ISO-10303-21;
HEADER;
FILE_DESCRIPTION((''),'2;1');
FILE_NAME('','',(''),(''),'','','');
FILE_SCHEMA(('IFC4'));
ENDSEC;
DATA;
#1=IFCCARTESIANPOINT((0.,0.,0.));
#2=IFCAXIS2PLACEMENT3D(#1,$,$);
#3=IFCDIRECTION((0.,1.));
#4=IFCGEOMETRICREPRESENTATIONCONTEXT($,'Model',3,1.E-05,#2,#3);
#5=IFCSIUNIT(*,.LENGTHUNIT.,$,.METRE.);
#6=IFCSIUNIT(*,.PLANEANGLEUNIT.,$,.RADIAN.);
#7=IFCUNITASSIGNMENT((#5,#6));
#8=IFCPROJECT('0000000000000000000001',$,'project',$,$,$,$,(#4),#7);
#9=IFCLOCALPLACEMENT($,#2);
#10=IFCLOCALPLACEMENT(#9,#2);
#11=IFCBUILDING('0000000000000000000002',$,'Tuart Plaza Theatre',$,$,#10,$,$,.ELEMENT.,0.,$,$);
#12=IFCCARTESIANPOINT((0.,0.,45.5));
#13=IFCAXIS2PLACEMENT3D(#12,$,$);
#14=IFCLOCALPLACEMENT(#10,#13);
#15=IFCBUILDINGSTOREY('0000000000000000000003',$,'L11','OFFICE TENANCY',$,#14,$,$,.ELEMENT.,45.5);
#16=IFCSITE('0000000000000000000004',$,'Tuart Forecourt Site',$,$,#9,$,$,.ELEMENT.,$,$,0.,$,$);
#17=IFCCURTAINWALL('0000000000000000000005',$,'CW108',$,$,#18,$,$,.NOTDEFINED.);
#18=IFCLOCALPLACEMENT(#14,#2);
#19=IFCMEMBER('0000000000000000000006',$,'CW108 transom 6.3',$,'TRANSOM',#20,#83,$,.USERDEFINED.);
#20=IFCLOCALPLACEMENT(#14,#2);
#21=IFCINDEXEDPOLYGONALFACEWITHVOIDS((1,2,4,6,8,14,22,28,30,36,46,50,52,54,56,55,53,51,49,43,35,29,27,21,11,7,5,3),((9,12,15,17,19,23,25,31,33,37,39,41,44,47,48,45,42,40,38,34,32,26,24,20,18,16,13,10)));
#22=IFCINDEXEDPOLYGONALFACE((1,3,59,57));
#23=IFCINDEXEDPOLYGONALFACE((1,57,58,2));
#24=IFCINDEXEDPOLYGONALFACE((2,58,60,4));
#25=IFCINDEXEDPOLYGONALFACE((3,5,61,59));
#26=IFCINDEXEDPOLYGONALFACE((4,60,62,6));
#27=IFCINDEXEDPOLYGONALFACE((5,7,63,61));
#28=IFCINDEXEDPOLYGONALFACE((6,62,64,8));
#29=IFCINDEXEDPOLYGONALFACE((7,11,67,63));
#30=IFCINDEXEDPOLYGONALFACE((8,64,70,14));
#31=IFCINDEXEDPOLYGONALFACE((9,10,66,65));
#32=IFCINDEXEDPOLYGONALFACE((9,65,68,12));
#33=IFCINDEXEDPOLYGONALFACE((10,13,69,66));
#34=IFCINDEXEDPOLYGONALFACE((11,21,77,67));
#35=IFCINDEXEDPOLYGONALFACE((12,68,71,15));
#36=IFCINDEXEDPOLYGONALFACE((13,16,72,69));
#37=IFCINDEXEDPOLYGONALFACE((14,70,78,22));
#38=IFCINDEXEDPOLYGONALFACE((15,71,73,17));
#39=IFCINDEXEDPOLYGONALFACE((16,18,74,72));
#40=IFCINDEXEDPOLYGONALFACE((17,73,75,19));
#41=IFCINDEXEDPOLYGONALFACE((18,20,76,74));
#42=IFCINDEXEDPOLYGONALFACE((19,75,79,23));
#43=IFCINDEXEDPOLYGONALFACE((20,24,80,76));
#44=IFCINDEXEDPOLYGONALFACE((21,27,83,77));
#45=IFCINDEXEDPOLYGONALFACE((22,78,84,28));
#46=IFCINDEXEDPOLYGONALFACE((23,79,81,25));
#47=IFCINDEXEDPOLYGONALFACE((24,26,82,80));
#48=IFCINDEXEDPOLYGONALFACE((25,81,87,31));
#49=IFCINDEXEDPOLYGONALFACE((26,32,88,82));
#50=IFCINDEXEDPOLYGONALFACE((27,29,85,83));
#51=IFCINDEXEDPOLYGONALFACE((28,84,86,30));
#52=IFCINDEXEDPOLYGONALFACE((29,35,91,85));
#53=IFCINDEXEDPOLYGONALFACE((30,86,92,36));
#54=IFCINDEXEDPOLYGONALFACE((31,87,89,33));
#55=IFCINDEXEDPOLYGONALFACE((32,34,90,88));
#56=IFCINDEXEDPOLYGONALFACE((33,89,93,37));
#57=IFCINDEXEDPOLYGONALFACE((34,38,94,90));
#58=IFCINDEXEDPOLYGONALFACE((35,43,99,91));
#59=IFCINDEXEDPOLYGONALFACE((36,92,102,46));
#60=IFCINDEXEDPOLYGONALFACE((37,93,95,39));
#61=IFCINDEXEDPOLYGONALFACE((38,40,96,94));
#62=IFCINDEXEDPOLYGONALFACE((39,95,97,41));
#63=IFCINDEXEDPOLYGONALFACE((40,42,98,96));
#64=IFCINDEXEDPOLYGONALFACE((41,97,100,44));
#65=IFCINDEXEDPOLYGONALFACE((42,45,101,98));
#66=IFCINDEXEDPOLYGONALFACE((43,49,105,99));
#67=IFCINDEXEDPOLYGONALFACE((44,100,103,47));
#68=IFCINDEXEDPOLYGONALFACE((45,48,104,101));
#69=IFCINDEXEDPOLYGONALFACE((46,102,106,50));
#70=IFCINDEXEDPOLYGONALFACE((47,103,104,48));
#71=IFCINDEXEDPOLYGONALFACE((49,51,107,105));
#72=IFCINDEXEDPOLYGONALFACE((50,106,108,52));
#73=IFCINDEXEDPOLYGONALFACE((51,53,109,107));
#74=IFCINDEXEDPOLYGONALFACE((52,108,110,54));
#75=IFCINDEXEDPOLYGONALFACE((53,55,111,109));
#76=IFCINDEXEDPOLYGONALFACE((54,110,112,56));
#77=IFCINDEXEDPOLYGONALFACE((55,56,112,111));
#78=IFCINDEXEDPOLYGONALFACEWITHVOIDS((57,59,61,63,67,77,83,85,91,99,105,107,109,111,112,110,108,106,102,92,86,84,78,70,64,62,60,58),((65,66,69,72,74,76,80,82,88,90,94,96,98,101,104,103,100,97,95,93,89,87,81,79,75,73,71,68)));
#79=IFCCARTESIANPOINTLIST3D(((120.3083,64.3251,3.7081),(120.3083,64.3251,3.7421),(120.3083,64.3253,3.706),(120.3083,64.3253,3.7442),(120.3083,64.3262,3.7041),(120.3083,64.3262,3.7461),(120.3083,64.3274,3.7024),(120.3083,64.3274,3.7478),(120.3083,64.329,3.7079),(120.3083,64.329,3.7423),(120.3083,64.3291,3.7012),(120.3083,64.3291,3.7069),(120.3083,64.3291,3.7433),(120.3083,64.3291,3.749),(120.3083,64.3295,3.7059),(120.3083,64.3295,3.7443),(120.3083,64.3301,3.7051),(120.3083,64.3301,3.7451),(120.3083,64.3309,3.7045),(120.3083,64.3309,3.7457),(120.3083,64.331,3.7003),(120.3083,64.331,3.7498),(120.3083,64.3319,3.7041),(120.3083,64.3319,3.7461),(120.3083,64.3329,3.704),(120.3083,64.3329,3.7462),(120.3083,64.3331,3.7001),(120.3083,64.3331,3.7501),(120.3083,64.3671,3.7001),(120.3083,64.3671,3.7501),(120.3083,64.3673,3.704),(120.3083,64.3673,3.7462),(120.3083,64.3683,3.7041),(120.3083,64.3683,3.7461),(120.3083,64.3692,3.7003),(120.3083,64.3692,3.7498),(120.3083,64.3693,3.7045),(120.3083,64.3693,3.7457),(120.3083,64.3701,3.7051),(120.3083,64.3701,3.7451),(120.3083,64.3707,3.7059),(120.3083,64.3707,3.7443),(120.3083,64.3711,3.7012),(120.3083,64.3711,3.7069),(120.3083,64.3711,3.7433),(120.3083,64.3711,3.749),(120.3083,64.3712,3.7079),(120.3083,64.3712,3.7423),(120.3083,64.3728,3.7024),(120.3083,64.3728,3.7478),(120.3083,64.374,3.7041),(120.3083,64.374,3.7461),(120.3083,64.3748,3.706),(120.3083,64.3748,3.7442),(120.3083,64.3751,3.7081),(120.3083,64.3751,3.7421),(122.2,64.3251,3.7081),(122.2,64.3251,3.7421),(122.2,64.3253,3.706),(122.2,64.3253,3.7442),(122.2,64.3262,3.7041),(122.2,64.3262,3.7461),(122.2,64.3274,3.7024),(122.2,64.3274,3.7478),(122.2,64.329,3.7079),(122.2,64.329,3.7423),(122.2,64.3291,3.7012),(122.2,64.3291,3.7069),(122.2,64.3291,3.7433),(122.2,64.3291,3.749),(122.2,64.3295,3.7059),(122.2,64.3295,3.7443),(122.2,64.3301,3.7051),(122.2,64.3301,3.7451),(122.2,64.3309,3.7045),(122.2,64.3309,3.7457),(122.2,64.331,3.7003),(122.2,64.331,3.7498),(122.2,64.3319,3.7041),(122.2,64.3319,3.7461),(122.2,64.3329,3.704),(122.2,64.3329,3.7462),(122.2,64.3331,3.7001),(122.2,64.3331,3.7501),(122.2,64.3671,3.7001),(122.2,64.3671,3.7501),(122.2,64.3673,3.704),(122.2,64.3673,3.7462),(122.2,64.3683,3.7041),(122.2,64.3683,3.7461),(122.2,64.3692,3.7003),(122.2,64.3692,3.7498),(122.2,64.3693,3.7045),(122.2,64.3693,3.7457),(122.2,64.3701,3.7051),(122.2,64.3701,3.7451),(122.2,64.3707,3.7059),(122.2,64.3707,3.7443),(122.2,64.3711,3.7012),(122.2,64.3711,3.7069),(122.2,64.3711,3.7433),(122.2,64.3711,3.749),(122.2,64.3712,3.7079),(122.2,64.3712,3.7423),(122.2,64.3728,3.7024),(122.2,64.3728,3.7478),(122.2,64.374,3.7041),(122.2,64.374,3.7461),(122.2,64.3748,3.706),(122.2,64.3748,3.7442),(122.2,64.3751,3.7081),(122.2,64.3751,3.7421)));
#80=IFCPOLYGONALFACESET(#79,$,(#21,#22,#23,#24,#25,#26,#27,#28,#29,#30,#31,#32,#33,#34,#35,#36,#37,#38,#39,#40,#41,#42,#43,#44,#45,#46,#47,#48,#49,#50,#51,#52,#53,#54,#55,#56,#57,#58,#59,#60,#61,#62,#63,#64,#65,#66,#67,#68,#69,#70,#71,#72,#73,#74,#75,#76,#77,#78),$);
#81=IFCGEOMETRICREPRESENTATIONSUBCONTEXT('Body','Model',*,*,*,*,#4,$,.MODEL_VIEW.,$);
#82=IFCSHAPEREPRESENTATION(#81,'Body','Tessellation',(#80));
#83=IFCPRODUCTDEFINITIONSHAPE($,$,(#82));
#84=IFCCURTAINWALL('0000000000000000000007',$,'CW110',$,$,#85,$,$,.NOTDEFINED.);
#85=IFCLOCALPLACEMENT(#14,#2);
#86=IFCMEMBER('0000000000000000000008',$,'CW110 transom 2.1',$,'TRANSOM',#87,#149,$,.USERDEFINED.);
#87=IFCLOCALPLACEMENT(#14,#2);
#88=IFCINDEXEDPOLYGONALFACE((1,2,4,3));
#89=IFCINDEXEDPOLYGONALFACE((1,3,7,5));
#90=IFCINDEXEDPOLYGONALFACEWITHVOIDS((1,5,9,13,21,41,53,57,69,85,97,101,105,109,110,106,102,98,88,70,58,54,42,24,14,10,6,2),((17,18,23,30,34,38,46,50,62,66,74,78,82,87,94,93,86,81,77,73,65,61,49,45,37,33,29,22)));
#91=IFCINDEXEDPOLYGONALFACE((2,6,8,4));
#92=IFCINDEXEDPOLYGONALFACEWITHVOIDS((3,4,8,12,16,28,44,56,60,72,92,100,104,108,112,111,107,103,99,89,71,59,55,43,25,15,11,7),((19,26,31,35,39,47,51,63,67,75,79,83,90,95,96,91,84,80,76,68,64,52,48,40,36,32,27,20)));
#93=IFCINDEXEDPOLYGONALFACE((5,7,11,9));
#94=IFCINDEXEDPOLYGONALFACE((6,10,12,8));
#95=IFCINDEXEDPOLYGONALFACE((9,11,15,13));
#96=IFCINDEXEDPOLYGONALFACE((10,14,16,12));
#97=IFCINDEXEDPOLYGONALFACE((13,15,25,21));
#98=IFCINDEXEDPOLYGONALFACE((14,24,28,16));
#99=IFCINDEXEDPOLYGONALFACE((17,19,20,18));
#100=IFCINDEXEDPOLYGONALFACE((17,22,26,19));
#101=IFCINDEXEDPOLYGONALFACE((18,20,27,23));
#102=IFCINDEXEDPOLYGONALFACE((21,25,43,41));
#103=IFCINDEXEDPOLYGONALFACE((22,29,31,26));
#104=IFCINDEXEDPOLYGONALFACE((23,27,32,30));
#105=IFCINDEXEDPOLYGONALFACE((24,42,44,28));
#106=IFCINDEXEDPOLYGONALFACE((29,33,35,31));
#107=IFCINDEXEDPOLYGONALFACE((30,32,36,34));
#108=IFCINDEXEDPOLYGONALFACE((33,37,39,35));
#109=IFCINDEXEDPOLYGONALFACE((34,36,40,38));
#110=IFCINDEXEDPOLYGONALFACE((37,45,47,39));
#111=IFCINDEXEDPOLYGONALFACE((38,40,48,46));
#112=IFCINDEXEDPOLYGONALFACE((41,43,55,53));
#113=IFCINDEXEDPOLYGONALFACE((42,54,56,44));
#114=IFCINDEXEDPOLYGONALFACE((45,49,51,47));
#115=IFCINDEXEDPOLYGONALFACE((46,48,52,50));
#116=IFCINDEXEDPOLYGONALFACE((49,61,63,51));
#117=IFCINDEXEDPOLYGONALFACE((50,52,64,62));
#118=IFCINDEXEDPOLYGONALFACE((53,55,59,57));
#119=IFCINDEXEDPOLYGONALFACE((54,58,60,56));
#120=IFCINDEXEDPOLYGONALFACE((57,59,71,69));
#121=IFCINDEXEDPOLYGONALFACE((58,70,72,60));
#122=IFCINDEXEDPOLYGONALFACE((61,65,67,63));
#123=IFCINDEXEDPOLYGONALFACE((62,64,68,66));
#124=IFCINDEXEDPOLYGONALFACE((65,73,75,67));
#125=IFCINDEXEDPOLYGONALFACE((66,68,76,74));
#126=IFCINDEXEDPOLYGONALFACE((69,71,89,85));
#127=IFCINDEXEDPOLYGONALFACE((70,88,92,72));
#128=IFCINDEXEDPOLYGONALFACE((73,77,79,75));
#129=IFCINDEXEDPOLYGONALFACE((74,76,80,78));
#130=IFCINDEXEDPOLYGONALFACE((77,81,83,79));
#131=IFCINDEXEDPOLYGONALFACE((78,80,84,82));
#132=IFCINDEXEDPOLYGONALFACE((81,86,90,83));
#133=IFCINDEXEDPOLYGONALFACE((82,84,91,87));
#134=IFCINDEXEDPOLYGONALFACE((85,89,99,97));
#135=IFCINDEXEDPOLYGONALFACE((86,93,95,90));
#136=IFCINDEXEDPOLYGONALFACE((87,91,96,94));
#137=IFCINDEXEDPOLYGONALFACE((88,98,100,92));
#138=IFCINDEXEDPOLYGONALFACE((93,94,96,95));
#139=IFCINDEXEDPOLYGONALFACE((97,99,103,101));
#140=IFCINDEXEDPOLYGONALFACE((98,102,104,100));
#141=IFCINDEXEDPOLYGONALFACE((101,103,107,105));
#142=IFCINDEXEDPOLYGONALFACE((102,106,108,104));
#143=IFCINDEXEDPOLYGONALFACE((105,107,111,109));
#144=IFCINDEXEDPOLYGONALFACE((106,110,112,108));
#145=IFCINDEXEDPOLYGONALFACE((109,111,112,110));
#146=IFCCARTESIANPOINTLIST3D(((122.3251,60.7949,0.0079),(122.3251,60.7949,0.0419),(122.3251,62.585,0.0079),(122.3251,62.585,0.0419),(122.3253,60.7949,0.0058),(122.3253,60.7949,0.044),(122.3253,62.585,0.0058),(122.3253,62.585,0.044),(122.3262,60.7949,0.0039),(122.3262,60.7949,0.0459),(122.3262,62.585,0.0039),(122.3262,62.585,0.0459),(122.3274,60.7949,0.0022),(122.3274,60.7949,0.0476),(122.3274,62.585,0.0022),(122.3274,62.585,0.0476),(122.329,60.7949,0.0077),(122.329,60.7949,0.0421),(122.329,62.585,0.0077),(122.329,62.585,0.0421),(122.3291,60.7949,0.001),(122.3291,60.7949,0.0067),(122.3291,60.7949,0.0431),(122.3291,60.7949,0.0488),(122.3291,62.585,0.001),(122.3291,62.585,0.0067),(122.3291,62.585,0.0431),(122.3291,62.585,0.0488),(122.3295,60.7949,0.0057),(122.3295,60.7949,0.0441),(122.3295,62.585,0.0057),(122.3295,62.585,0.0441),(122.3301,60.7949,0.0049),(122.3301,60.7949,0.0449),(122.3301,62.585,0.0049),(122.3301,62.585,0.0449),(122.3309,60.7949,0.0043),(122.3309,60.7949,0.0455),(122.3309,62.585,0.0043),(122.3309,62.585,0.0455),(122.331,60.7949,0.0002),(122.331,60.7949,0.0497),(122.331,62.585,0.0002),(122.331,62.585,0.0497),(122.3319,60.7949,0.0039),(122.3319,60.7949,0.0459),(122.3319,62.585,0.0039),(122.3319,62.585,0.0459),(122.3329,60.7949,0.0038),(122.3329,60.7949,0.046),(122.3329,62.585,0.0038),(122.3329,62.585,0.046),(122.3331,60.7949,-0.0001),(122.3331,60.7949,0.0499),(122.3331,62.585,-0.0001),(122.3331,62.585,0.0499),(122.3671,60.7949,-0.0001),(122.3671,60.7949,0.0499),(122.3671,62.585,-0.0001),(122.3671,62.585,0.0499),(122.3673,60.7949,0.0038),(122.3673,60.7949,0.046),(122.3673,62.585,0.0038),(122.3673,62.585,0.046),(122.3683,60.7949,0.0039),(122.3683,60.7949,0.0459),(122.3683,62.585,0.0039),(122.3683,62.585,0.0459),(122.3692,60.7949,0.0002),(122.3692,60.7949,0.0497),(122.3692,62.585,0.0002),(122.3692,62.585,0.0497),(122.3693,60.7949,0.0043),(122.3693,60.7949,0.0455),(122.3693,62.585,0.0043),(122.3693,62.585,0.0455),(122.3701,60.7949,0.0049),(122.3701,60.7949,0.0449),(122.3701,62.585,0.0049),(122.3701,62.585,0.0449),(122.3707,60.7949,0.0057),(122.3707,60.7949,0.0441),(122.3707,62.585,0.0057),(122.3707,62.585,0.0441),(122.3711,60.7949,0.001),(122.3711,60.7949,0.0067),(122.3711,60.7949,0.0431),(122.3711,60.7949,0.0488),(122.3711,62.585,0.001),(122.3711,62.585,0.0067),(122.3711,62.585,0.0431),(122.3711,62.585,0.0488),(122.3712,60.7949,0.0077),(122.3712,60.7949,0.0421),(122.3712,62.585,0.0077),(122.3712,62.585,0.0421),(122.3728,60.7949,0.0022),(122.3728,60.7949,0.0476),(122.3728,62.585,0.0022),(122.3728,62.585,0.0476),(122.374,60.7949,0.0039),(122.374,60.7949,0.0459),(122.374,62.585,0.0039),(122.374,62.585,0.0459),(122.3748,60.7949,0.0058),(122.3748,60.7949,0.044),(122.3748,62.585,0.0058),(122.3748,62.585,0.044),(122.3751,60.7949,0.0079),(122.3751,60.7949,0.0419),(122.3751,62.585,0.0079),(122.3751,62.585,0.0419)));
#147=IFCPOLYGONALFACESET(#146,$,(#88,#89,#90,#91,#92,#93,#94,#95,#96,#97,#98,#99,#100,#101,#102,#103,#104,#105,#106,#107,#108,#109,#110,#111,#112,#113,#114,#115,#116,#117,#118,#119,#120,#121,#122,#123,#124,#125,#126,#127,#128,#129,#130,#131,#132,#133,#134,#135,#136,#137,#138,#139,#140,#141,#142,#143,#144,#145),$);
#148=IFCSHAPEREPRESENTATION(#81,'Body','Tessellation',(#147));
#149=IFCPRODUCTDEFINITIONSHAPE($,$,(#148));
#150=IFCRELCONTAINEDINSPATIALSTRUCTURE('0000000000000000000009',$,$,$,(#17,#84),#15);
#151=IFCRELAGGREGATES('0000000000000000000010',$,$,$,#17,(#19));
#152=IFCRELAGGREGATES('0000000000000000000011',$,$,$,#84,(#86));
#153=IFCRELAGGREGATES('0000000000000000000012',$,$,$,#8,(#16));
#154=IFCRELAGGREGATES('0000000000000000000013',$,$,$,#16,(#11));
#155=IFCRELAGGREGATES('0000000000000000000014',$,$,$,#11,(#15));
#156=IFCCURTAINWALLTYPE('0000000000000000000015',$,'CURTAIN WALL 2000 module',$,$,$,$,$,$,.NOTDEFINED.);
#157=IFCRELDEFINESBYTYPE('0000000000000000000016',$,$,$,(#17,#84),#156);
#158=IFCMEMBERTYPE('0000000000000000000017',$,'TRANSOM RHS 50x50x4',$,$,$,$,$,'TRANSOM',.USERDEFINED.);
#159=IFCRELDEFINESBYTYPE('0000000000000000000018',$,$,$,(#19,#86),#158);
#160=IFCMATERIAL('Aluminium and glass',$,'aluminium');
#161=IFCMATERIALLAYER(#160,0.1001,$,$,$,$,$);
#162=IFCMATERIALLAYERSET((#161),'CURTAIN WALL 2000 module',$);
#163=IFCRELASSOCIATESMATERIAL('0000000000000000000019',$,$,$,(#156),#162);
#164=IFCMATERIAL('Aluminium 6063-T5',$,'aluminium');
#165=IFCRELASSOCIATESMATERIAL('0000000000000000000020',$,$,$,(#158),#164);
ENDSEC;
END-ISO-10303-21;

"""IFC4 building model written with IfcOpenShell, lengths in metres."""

from ifc_helpers import new_model, si_unit, direction, frame, origin, origin_2d, place, context, subcontext, project, spatial, hollow_rectangle, extrude, material, layer, layer_set, material_profile, profile_set, type_object, element, aggregate, save


model = new_model("IFC4")

# Units and contexts
model_context = context("Model", 3, precision=1e-05, world=origin(), true_north=direction((0.0, 1.0)))
body_context = subcontext(model_context, "Body", "Model", "MODEL_VIEW")
ifc_project = project(units=[si_unit("LENGTHUNIT", "METRE"), si_unit("PLANEANGLEUNIT", "RADIAN")], contexts=[model_context])

# Site, building, storey
site_placement = place(None, origin())
site = spatial("IfcSite", under=ifc_project, at=site_placement, Name="Tuart Forecourt Site", CompositionType="ELEMENT", RefElevation=0.0)
building_placement = place(site_placement, origin())
building = spatial("IfcBuilding", under=site, at=building_placement, Name="Tuart Plaza Theatre", CompositionType="ELEMENT", ElevationOfRefHeight=0.0)
storey_placement = place(building_placement, frame((0.0, 0.0, 45.5)))
storey = spatial("IfcBuildingStorey", under=building, at=storey_placement, Name="L11", Description="OFFICE TENANCY", CompositionType="ELEMENT", Elevation=45.5)

# Curtain walls, members
ifc_material_1 = material(Name="Aluminium and glass", Category="aluminium")
ifc_layer_1 = layer(ifc_material_1, 0.1001)
ifc_layer_set_1 = layer_set([ifc_layer_1], Name="CURTAIN WALL 2000 module")
curtain_wall_type = type_object("IfcCurtainWallType", Name="CURTAIN WALL 2000 module", PredefinedType="NOTDEFINED", material=ifc_layer_set_1)
curtain_wall_1_placement = place(storey_placement, origin())
curtain_wall_1 = element("IfcCurtainWall", 1, at=curtain_wall_1_placement, inside=storey, type_object=curtain_wall_type, Name="CW108", PredefinedType="NOTDEFINED")
ifc_material_2 = material(Name="Aluminium 6063-T5", Category="aluminium")
ifc_material_profile_1 = material_profile(ifc_material_2, hollow_rectangle(XDim=0.05, YDim=0.05, WallThickness=0.0039, InnerFilletRadius=0.0039, OuterFilletRadius=0.0081, at=origin_2d()), Name="RHS 50x50x4")
ifc_profile_set_1 = profile_set([ifc_material_profile_1], Name="Aluminium 6063-T5")
member_type_1 = type_object("IfcMemberType", Name="TRANSOM RHS 50x50x4", ElementType="TRANSOM", PredefinedType="USERDEFINED", material=ifc_profile_set_1)
member_1_placement = place(storey_placement, frame((120.3083, 64.3501, 3.7251), z_axis=(1.0, 0.0, 0.0), x_axis=(0.0, 1.0, 0.0)))
member_1 = element("IfcMember", 2, at=member_1_placement, type_object=member_type_1, Name="CW108 transom 6.3", ObjectType="TRANSOM", PredefinedType="USERDEFINED", context=body_context, shape_type="SweptSolid", body=[
    extrude(hollow_rectangle(XDim=0.05, YDim=0.05, WallThickness=0.0039, InnerFilletRadius=0.0039, OuterFilletRadius=0.0081, at=origin_2d()), origin(), (0.0, 0.0, 1.0), 1.8916),
])
curtain_wall_2_placement = place(storey_placement, origin())
curtain_wall_2 = element("IfcCurtainWall", 3, at=curtain_wall_2_placement, inside=storey, type_object=curtain_wall_type, Name="CW110", PredefinedType="NOTDEFINED")
member_2_placement = place(storey_placement, frame((122.3501, 62.585, 0.0249), z_axis=(0.0, -1.0, 0.0), x_axis=(1.0, 0.0, 0.0)))
member_2 = element("IfcMember", 4, at=member_2_placement, type_object=member_type_1, Name="CW110 transom 2.1", ObjectType="TRANSOM", PredefinedType="USERDEFINED", context=body_context, shape_type="SweptSolid", body=[
    extrude(hollow_rectangle(XDim=0.05, YDim=0.05, WallThickness=0.0039, InnerFilletRadius=0.0039, OuterFilletRadius=0.0081, at=origin_2d()), origin(), (0.0, 0.0, 1.0), 1.79),
])

aggregate(curtain_wall_1, [member_1])
aggregate(curtain_wall_2, [member_2])

save(model, "model.ifc")
